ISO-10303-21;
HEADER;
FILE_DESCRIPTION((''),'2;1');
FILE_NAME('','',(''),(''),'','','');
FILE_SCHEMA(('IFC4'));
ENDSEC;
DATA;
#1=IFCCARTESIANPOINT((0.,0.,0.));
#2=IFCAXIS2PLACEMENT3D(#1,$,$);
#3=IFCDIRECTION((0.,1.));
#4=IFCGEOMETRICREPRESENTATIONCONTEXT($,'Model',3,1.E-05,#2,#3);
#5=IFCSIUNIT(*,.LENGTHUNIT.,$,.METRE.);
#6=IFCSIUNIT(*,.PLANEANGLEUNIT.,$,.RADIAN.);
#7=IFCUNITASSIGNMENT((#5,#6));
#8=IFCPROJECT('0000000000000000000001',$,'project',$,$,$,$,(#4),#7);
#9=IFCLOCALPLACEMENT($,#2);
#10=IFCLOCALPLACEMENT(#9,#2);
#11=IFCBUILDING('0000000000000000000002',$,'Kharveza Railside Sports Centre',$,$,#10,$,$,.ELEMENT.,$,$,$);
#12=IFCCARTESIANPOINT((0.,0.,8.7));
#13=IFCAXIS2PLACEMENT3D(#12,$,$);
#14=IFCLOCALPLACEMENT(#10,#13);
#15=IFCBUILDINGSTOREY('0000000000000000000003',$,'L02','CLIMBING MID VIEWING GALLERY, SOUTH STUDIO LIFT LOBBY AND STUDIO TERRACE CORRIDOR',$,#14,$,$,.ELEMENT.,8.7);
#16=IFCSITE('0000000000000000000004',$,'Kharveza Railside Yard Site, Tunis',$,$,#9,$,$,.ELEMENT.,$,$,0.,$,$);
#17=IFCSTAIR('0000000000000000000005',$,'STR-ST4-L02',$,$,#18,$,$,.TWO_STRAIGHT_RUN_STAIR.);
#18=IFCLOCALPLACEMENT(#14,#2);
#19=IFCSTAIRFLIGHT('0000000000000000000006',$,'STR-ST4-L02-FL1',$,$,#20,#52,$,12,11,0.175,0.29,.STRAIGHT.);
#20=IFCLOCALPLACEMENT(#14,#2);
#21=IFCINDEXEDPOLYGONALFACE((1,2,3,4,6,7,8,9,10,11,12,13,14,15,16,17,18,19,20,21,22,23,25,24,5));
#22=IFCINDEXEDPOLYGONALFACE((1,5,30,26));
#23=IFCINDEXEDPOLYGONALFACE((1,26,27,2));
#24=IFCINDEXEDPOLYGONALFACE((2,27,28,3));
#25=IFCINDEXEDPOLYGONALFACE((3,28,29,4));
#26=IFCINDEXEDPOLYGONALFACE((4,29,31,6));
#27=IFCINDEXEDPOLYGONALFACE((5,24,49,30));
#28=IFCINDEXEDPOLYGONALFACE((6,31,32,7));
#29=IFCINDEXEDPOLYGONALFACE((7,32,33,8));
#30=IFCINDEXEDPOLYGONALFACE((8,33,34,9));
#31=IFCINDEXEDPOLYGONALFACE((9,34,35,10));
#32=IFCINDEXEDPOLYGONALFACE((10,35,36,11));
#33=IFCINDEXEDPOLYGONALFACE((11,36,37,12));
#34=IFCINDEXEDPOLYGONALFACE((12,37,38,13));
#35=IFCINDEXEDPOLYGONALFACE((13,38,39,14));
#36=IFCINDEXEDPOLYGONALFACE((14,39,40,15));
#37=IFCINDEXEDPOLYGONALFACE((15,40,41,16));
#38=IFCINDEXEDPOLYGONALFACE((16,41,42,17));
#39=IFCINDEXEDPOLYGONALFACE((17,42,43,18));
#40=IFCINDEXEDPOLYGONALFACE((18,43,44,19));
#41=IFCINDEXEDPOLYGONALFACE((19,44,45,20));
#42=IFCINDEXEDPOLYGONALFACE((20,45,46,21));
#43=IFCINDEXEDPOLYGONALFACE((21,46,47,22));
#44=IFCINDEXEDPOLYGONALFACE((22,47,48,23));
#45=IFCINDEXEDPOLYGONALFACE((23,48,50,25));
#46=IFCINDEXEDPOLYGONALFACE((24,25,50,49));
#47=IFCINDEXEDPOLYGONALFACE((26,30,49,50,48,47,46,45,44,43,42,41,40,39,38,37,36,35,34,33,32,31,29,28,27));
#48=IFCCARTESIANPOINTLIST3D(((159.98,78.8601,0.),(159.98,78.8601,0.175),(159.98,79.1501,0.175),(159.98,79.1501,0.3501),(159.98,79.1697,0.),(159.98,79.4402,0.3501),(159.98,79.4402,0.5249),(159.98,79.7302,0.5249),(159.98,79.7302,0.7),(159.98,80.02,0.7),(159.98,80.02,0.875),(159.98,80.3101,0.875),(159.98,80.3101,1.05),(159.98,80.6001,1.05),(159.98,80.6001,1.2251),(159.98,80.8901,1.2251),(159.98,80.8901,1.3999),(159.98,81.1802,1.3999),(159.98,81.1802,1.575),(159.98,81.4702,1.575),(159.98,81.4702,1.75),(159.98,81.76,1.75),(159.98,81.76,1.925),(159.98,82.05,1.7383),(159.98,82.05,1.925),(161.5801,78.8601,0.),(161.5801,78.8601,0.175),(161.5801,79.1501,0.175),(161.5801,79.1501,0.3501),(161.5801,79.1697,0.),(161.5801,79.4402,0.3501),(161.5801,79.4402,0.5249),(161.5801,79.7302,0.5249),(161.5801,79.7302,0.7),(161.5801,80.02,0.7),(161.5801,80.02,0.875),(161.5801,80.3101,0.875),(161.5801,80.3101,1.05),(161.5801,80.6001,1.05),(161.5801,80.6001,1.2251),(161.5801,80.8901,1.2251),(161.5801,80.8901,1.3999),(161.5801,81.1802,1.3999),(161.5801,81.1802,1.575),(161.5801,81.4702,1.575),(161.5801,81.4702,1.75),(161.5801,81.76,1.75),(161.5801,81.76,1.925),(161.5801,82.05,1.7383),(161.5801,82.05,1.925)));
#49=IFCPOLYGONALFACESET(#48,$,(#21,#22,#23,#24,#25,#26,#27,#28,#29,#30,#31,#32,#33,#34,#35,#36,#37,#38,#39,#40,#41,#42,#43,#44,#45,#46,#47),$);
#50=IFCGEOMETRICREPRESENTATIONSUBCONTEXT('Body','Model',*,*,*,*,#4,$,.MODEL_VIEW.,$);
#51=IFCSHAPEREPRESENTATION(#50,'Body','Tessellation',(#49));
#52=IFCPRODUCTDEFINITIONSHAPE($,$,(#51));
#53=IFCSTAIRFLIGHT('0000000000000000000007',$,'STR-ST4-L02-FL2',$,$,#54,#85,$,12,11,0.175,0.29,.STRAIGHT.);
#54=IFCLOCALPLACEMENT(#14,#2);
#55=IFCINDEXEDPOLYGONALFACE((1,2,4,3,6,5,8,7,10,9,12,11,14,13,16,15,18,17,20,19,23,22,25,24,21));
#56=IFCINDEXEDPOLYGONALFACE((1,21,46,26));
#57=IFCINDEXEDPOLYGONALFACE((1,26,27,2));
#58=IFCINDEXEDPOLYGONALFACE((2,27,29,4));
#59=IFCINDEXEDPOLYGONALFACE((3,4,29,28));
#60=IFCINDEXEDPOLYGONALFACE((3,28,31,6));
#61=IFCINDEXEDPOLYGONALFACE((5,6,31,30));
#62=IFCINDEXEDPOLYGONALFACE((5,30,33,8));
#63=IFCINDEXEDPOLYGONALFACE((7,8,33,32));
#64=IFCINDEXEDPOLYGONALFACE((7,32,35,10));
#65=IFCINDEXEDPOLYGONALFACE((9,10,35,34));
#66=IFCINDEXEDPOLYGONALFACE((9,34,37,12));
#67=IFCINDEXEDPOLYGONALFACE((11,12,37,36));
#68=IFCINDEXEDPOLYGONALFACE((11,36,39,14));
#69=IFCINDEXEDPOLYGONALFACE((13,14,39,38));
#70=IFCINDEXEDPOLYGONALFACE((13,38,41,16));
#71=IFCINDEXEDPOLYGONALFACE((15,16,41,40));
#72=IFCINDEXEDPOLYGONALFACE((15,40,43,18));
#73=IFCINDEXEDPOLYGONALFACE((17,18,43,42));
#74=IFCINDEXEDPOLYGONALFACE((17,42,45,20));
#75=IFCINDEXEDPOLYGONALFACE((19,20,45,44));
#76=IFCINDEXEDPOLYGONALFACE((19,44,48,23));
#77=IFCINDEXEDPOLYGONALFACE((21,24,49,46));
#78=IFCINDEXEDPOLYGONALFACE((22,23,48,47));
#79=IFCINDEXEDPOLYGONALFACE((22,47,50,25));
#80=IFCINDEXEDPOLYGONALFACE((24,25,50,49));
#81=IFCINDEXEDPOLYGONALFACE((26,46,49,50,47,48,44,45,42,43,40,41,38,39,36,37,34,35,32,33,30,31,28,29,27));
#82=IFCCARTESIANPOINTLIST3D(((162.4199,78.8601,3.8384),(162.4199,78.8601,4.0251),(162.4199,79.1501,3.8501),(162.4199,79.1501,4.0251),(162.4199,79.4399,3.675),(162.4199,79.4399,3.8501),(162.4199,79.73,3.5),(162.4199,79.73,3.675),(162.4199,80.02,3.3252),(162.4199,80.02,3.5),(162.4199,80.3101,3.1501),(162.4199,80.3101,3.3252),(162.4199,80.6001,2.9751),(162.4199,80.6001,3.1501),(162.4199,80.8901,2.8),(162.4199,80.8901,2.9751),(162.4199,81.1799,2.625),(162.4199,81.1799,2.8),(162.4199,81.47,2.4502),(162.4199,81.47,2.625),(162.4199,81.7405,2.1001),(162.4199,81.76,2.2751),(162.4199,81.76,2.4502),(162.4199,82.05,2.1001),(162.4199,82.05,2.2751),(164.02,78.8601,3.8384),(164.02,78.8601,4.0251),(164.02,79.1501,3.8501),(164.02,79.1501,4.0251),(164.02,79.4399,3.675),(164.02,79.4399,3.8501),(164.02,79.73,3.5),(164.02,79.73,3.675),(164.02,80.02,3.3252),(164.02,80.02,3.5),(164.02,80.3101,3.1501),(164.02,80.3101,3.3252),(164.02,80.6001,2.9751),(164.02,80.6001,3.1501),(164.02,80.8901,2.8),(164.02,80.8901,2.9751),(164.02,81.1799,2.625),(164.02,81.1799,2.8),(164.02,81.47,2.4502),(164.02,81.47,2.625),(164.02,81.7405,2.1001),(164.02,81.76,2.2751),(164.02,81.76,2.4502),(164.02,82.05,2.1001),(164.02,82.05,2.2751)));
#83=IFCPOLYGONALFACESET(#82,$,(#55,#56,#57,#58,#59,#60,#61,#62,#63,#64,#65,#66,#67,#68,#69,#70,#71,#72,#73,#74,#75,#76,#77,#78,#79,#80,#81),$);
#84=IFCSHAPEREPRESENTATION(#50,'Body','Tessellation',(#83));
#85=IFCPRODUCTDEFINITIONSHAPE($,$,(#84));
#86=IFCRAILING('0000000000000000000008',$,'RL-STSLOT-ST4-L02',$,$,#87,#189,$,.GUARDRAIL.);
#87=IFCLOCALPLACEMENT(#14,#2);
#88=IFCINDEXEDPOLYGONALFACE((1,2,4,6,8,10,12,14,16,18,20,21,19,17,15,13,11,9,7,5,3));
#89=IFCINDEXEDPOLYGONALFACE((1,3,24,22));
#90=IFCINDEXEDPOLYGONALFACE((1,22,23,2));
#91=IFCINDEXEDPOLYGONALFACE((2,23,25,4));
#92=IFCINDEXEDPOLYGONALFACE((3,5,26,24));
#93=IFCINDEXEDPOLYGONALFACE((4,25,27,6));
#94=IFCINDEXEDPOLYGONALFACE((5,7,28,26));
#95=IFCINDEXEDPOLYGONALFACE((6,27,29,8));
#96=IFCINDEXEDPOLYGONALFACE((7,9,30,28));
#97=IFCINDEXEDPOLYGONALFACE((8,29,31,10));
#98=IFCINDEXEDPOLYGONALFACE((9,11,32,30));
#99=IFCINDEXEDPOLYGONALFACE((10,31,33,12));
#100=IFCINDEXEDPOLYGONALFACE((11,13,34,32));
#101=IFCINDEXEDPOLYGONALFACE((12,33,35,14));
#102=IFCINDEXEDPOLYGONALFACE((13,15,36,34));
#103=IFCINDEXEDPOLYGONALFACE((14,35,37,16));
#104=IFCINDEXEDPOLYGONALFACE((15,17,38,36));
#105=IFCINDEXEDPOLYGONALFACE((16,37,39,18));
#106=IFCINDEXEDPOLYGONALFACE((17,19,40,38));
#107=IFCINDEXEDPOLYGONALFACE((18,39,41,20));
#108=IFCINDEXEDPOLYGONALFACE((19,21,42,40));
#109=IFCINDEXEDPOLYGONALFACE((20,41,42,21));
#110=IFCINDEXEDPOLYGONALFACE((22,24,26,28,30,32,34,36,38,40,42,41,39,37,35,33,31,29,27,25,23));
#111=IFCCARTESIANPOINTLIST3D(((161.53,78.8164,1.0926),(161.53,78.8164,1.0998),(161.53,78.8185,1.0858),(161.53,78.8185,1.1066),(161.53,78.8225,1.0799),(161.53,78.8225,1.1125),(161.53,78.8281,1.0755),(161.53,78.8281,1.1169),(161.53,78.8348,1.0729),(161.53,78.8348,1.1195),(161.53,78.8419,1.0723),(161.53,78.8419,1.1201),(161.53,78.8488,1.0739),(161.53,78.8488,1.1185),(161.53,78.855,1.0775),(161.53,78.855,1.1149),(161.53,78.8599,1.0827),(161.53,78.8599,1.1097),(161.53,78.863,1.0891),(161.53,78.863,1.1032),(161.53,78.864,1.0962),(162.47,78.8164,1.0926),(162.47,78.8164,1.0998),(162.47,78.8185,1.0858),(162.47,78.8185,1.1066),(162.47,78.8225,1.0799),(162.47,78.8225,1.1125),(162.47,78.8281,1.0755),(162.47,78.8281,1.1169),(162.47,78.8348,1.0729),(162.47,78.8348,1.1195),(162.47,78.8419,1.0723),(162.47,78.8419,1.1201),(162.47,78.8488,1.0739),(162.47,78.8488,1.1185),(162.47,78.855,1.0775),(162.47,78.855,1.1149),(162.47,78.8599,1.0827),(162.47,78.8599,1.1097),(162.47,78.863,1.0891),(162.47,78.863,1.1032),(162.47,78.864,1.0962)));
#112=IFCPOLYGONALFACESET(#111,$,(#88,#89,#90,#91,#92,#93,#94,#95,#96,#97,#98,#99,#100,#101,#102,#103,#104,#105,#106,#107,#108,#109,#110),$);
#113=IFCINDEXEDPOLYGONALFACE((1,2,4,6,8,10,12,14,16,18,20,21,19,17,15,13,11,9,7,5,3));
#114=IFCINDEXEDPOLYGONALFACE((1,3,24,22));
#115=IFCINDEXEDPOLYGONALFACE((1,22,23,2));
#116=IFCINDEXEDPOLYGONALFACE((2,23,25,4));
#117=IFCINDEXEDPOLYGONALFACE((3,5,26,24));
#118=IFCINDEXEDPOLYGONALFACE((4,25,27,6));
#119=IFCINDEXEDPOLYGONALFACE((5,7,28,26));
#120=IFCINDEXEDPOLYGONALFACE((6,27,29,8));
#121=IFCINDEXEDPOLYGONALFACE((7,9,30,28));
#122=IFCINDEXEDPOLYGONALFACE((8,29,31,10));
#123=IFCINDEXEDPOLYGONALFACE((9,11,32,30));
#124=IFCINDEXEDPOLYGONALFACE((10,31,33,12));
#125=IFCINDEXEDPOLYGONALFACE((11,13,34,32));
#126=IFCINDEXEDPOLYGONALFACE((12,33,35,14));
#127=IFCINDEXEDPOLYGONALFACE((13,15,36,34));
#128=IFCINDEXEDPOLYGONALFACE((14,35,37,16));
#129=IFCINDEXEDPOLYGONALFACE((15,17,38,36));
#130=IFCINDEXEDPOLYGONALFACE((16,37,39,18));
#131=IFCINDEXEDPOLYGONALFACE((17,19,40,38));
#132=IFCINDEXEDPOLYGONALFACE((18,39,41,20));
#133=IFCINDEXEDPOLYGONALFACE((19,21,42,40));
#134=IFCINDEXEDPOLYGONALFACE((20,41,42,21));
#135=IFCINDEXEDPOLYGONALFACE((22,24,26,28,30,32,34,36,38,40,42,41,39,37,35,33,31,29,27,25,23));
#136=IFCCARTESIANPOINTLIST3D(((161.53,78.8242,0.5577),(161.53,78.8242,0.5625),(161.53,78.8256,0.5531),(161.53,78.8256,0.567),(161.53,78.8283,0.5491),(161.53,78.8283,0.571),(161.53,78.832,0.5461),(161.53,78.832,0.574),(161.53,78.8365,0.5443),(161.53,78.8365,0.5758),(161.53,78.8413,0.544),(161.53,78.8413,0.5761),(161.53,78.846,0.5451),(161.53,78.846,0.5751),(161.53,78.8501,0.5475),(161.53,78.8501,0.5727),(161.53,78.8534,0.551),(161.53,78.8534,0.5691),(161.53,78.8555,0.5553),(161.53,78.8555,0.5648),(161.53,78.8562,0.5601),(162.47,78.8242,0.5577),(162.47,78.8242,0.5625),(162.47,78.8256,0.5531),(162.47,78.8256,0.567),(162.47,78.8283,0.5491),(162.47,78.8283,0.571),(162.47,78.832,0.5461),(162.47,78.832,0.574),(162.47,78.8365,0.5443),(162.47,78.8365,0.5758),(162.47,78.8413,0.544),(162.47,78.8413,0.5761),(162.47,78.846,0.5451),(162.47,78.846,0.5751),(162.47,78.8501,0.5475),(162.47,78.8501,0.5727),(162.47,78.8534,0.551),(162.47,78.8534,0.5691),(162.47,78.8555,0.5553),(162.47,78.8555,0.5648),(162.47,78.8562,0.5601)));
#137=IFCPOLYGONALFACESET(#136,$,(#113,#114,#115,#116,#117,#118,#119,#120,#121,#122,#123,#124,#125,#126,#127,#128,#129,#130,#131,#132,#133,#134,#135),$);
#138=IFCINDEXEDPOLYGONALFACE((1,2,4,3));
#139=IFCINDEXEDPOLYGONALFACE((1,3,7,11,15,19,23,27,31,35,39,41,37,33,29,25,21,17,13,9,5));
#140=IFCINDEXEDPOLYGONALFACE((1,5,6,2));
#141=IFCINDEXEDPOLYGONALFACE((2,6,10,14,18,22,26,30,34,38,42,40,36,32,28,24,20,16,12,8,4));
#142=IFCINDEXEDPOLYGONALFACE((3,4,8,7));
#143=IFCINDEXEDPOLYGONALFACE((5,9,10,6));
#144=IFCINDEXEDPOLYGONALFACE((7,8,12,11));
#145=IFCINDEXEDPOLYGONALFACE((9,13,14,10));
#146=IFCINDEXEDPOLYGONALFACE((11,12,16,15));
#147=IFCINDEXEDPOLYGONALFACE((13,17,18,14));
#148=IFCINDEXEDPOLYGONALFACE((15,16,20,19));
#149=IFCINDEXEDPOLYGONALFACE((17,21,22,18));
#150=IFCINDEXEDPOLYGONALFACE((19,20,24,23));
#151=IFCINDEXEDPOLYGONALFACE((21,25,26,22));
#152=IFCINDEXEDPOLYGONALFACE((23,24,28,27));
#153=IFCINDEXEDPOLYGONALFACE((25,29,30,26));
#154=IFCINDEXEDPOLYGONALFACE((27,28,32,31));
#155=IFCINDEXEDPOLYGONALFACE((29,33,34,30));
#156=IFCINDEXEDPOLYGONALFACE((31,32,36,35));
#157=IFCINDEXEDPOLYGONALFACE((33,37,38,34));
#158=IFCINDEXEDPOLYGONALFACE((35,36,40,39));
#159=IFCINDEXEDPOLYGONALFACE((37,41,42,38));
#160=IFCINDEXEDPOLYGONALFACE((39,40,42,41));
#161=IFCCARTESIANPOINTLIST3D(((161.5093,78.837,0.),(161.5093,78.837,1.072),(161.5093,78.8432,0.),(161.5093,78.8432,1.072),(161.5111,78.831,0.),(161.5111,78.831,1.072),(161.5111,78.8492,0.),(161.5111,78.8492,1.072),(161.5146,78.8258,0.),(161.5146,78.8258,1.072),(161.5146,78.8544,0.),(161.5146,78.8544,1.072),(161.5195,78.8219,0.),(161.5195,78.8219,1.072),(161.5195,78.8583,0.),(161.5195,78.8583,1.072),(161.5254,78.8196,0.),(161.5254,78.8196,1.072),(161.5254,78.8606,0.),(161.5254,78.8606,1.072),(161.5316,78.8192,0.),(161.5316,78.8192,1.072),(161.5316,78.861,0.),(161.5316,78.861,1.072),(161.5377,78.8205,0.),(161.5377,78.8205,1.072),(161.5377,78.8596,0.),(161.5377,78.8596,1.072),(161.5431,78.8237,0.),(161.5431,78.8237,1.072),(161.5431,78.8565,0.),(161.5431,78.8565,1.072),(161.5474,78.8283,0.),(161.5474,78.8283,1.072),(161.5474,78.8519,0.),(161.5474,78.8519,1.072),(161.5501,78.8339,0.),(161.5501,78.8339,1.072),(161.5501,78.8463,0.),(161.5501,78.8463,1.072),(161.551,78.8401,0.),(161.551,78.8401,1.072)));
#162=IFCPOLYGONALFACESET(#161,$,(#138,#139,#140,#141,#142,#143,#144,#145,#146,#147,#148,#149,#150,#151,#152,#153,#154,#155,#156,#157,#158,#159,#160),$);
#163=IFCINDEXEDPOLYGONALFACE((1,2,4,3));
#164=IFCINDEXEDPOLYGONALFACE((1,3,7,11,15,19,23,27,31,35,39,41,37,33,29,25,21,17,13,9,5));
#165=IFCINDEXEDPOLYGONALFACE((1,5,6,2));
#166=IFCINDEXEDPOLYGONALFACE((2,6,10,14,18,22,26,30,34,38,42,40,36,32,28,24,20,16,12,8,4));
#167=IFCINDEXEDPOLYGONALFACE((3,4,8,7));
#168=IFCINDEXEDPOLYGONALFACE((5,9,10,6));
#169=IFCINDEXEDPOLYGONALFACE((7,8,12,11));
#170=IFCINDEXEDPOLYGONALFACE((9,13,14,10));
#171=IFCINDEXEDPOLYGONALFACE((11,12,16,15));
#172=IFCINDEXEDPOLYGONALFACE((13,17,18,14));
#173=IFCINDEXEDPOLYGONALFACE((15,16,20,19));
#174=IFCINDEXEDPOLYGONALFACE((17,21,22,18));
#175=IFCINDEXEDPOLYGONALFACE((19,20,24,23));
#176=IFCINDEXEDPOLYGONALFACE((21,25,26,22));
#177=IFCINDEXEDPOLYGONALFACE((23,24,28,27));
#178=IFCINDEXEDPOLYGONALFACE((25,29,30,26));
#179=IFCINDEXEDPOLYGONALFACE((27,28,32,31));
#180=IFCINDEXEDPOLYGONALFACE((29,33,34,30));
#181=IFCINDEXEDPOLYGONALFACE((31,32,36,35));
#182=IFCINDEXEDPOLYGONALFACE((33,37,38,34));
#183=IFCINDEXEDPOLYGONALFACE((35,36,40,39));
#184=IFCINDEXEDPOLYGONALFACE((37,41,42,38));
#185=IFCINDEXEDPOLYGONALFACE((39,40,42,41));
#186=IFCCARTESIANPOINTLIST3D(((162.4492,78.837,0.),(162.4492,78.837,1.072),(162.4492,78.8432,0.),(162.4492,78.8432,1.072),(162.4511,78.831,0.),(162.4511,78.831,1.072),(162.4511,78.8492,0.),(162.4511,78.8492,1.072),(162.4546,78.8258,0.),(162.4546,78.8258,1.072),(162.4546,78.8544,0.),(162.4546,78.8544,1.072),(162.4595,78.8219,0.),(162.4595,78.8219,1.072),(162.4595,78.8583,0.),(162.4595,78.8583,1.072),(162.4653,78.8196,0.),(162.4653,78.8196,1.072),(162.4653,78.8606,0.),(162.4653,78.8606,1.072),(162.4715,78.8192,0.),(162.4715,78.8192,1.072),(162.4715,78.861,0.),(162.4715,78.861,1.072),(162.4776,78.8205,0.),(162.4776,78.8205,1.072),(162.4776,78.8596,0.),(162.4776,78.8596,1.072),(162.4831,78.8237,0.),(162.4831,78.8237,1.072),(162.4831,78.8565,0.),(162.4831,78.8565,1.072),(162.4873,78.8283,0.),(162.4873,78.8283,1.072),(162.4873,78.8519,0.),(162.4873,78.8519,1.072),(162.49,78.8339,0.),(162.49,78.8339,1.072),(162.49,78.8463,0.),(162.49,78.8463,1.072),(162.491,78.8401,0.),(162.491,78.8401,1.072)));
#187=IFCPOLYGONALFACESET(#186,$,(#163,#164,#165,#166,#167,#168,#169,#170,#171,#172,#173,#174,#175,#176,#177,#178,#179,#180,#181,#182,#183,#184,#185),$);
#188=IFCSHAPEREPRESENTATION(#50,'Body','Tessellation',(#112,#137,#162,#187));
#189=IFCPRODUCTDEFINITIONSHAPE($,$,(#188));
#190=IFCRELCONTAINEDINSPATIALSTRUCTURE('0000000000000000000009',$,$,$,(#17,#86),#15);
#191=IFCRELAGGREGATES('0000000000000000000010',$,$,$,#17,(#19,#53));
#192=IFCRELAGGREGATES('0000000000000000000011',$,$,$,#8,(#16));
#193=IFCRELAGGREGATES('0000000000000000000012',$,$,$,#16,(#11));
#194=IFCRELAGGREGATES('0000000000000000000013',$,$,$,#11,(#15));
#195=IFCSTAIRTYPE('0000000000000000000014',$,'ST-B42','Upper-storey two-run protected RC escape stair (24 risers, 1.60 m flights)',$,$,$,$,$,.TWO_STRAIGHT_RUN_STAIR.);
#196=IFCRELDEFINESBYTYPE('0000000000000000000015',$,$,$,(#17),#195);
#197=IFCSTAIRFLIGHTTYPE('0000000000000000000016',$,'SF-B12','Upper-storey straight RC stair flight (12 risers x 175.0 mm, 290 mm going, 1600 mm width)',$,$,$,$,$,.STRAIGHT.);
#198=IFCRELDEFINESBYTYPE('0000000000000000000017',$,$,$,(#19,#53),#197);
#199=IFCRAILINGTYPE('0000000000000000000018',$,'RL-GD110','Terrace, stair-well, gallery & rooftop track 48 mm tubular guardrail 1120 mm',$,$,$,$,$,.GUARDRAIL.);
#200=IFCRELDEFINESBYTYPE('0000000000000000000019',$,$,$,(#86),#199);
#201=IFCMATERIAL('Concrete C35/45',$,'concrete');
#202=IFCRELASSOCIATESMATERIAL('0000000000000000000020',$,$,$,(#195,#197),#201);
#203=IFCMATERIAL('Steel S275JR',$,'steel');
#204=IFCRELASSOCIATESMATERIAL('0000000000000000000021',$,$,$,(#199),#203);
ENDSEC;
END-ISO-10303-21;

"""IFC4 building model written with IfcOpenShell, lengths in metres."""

from ifc_helpers import new_model, si_unit, direction, frame, origin, origin_2d, place, context, subcontext, project, spatial, polyline, circle, outline, extrude, material, type_object, element, aggregate, save


model = new_model("IFC4")

# Units and contexts
model_context = context("Model", 3, precision=1e-05, world=origin(), true_north=direction((0.0, 1.0)))
body_context = subcontext(model_context, "Body", "Model", "MODEL_VIEW")
ifc_project = project(units=[si_unit("LENGTHUNIT", "METRE"), si_unit("PLANEANGLEUNIT", "RADIAN")], contexts=[model_context])

# Site, building, storey
site_placement = place(None, origin())
site = spatial("IfcSite", under=ifc_project, at=site_placement, Name="Kharveza Railside Yard Site, Tunis", CompositionType="ELEMENT", RefElevation=0.0)
building_placement = place(site_placement, origin())
building = spatial("IfcBuilding", under=site, at=building_placement, Name="Kharveza Railside Sports Centre", CompositionType="ELEMENT")
storey_placement = place(building_placement, frame((0.0, 0.0, 8.7)))
storey = spatial("IfcBuildingStorey", under=building, at=storey_placement, Name="L02", Description="CLIMBING MID VIEWING GALLERY, SOUTH STUDIO LIFT LOBBY AND STUDIO TERRACE CORRIDOR", CompositionType="ELEMENT", Elevation=8.7)

# Shared definitions
ifc_material_1 = material(Name="Concrete C35/45", Category="concrete")

# Stair, stair flights
stair_type = type_object("IfcStairType", Name="ST-B42", Description="Upper-storey two-run protected RC escape stair (24 risers, 1.60 m flights)", PredefinedType="TWO_STRAIGHT_RUN_STAIR", material=ifc_material_1)
stair_placement = place(storey_placement, origin())
stair = element("IfcStair", 1, at=stair_placement, inside=storey, type_object=stair_type, Name="STR-ST4-L02", PredefinedType="TWO_STRAIGHT_RUN_STAIR")
stair_flight_type = type_object("IfcStairFlightType", Name="SF-B12", Description="Upper-storey straight RC stair flight (12 risers x 175.0 mm, 290 mm going, 1600 mm width)", PredefinedType="STRAIGHT", material=ifc_material_1)
stair_flight_1_placement = place(storey_placement, frame((160.78, 78.8601, 0.0), z_axis=(0.0, 0.0, 1.0), x_axis=(0.0, 1.0, 0.0)))
stair_flight_1 = element("IfcStairFlight", 2, at=stair_flight_1_placement, type_object=stair_flight_type, Name="STR-ST4-L02-FL1", NumberOfRisers=12, NumberOfTreads=11, PredefinedType="STRAIGHT", RiserHeight=0.175, TreadLength=0.29, context=body_context, shape_type="SweptSolid", body=[
    extrude(outline(polyline([(0.0, 0.0), (0.0, 0.175), (0.29, 0.175), (0.29, 0.3501), (0.5801, 0.3501), (0.5801, 0.5249), (0.8701, 0.5249), (0.8701, 0.7), (1.1599, 0.7), (1.1599, 0.875), (1.45, 0.875), (1.45, 1.05), (1.74, 1.05), (1.74, 1.2251), (2.03, 1.2251), (2.03, 1.3999), (2.3201, 1.3999), (2.3201, 1.575), (2.6101, 1.575), (2.6101, 1.75), (2.8999, 1.75), (2.8999, 1.925), (3.1899, 1.925), (3.1899, 2.1001), (3.1899, 1.7383), (0.3096, 0.0), (0.0, 0.0)])), frame((0.0, 0.8, 0.0), z_axis=(0.0, -1.0, 0.0), x_axis=(1.0, 0.0, 0.0)), (0.0, 0.0, 1.0), 1.6001),
])
stair_flight_2_placement = place(storey_placement, frame((163.22, 82.05, 2.1001), z_axis=(0.0, 0.0, 1.0), x_axis=(0.0, -1.0, 0.0)))
stair_flight_2 = element("IfcStairFlight", 3, at=stair_flight_2_placement, type_object=stair_flight_type, Name="STR-ST4-L02-FL2", NumberOfRisers=12, NumberOfTreads=11, PredefinedType="STRAIGHT", RiserHeight=0.175, TreadLength=0.29, context=body_context, shape_type="SweptSolid", body=[
    extrude(outline(polyline([(0.0, 0.0), (0.0, 0.175), (0.29, 0.175), (0.29, 0.3501), (0.5801, 0.3501), (0.5801, 0.5249), (0.8701, 0.5249), (0.8701, 0.7), (1.1599, 0.7), (1.1599, 0.875), (1.45, 0.875), (1.45, 1.05), (1.74, 1.05), (1.74, 1.2251), (2.03, 1.2251), (2.03, 1.3999), (2.3201, 1.3999), (2.3201, 1.575), (2.6101, 1.575), (2.6101, 1.75), (2.8999, 1.75), (2.8999, 1.925), (3.1899, 1.925), (3.1899, 2.1001), (3.1899, 1.7383), (0.3096, 0.0), (0.0, 0.0)])), frame((0.0, 0.8, 0.0), z_axis=(0.0, -1.0, 0.0), x_axis=(1.0, 0.0, 0.0)), (0.0, 0.0, 1.0), 1.6001),
])
aggregate(stair, [stair_flight_1, stair_flight_2])

# Railing
ifc_material_2 = material(Name="Steel S275JR", Category="steel")
railing_type_1 = type_object("IfcRailingType", Name="RL-GD110", Description="Terrace, stair-well, gallery & rooftop track 48 mm tubular guardrail 1120 mm", PredefinedType="GUARDRAIL", material=ifc_material_2)
railing_1_placement = place(storey_placement, frame((161.53, 78.8401, 0.0)))
element("IfcRailing", 4, at=railing_1_placement, inside=storey, type_object=railing_type_1, Name="RL-STSLOT-ST4-L02", PredefinedType="GUARDRAIL", context=body_context, shape_type="SweptSolid", body=[
    extrude(circle(Radius=0.0239, at=origin_2d()), frame((0.0, 0.0, 1.0962), z_axis=(1.0, 0.0, 0.0), x_axis=(0.0, 1.0, 0.0)), (0.0, 0.0, 1.0), 0.9399),
    extrude(circle(Radius=0.0161, at=origin_2d()), frame((0.0, 0.0, 0.5601), z_axis=(1.0, 0.0, 0.0), x_axis=(0.0, 1.0, 0.0)), (0.0, 0.0, 1.0), 0.9399),
    extrude(circle(Radius=0.021, at=origin_2d()), origin(), (0.0, 0.0, 1.0), 1.072),
    extrude(circle(Radius=0.021, at=origin_2d()), frame((0.9399, 0.0, 0.0)), (0.0, 0.0, 1.0), 1.072),
])

save(model, "model.ifc")
